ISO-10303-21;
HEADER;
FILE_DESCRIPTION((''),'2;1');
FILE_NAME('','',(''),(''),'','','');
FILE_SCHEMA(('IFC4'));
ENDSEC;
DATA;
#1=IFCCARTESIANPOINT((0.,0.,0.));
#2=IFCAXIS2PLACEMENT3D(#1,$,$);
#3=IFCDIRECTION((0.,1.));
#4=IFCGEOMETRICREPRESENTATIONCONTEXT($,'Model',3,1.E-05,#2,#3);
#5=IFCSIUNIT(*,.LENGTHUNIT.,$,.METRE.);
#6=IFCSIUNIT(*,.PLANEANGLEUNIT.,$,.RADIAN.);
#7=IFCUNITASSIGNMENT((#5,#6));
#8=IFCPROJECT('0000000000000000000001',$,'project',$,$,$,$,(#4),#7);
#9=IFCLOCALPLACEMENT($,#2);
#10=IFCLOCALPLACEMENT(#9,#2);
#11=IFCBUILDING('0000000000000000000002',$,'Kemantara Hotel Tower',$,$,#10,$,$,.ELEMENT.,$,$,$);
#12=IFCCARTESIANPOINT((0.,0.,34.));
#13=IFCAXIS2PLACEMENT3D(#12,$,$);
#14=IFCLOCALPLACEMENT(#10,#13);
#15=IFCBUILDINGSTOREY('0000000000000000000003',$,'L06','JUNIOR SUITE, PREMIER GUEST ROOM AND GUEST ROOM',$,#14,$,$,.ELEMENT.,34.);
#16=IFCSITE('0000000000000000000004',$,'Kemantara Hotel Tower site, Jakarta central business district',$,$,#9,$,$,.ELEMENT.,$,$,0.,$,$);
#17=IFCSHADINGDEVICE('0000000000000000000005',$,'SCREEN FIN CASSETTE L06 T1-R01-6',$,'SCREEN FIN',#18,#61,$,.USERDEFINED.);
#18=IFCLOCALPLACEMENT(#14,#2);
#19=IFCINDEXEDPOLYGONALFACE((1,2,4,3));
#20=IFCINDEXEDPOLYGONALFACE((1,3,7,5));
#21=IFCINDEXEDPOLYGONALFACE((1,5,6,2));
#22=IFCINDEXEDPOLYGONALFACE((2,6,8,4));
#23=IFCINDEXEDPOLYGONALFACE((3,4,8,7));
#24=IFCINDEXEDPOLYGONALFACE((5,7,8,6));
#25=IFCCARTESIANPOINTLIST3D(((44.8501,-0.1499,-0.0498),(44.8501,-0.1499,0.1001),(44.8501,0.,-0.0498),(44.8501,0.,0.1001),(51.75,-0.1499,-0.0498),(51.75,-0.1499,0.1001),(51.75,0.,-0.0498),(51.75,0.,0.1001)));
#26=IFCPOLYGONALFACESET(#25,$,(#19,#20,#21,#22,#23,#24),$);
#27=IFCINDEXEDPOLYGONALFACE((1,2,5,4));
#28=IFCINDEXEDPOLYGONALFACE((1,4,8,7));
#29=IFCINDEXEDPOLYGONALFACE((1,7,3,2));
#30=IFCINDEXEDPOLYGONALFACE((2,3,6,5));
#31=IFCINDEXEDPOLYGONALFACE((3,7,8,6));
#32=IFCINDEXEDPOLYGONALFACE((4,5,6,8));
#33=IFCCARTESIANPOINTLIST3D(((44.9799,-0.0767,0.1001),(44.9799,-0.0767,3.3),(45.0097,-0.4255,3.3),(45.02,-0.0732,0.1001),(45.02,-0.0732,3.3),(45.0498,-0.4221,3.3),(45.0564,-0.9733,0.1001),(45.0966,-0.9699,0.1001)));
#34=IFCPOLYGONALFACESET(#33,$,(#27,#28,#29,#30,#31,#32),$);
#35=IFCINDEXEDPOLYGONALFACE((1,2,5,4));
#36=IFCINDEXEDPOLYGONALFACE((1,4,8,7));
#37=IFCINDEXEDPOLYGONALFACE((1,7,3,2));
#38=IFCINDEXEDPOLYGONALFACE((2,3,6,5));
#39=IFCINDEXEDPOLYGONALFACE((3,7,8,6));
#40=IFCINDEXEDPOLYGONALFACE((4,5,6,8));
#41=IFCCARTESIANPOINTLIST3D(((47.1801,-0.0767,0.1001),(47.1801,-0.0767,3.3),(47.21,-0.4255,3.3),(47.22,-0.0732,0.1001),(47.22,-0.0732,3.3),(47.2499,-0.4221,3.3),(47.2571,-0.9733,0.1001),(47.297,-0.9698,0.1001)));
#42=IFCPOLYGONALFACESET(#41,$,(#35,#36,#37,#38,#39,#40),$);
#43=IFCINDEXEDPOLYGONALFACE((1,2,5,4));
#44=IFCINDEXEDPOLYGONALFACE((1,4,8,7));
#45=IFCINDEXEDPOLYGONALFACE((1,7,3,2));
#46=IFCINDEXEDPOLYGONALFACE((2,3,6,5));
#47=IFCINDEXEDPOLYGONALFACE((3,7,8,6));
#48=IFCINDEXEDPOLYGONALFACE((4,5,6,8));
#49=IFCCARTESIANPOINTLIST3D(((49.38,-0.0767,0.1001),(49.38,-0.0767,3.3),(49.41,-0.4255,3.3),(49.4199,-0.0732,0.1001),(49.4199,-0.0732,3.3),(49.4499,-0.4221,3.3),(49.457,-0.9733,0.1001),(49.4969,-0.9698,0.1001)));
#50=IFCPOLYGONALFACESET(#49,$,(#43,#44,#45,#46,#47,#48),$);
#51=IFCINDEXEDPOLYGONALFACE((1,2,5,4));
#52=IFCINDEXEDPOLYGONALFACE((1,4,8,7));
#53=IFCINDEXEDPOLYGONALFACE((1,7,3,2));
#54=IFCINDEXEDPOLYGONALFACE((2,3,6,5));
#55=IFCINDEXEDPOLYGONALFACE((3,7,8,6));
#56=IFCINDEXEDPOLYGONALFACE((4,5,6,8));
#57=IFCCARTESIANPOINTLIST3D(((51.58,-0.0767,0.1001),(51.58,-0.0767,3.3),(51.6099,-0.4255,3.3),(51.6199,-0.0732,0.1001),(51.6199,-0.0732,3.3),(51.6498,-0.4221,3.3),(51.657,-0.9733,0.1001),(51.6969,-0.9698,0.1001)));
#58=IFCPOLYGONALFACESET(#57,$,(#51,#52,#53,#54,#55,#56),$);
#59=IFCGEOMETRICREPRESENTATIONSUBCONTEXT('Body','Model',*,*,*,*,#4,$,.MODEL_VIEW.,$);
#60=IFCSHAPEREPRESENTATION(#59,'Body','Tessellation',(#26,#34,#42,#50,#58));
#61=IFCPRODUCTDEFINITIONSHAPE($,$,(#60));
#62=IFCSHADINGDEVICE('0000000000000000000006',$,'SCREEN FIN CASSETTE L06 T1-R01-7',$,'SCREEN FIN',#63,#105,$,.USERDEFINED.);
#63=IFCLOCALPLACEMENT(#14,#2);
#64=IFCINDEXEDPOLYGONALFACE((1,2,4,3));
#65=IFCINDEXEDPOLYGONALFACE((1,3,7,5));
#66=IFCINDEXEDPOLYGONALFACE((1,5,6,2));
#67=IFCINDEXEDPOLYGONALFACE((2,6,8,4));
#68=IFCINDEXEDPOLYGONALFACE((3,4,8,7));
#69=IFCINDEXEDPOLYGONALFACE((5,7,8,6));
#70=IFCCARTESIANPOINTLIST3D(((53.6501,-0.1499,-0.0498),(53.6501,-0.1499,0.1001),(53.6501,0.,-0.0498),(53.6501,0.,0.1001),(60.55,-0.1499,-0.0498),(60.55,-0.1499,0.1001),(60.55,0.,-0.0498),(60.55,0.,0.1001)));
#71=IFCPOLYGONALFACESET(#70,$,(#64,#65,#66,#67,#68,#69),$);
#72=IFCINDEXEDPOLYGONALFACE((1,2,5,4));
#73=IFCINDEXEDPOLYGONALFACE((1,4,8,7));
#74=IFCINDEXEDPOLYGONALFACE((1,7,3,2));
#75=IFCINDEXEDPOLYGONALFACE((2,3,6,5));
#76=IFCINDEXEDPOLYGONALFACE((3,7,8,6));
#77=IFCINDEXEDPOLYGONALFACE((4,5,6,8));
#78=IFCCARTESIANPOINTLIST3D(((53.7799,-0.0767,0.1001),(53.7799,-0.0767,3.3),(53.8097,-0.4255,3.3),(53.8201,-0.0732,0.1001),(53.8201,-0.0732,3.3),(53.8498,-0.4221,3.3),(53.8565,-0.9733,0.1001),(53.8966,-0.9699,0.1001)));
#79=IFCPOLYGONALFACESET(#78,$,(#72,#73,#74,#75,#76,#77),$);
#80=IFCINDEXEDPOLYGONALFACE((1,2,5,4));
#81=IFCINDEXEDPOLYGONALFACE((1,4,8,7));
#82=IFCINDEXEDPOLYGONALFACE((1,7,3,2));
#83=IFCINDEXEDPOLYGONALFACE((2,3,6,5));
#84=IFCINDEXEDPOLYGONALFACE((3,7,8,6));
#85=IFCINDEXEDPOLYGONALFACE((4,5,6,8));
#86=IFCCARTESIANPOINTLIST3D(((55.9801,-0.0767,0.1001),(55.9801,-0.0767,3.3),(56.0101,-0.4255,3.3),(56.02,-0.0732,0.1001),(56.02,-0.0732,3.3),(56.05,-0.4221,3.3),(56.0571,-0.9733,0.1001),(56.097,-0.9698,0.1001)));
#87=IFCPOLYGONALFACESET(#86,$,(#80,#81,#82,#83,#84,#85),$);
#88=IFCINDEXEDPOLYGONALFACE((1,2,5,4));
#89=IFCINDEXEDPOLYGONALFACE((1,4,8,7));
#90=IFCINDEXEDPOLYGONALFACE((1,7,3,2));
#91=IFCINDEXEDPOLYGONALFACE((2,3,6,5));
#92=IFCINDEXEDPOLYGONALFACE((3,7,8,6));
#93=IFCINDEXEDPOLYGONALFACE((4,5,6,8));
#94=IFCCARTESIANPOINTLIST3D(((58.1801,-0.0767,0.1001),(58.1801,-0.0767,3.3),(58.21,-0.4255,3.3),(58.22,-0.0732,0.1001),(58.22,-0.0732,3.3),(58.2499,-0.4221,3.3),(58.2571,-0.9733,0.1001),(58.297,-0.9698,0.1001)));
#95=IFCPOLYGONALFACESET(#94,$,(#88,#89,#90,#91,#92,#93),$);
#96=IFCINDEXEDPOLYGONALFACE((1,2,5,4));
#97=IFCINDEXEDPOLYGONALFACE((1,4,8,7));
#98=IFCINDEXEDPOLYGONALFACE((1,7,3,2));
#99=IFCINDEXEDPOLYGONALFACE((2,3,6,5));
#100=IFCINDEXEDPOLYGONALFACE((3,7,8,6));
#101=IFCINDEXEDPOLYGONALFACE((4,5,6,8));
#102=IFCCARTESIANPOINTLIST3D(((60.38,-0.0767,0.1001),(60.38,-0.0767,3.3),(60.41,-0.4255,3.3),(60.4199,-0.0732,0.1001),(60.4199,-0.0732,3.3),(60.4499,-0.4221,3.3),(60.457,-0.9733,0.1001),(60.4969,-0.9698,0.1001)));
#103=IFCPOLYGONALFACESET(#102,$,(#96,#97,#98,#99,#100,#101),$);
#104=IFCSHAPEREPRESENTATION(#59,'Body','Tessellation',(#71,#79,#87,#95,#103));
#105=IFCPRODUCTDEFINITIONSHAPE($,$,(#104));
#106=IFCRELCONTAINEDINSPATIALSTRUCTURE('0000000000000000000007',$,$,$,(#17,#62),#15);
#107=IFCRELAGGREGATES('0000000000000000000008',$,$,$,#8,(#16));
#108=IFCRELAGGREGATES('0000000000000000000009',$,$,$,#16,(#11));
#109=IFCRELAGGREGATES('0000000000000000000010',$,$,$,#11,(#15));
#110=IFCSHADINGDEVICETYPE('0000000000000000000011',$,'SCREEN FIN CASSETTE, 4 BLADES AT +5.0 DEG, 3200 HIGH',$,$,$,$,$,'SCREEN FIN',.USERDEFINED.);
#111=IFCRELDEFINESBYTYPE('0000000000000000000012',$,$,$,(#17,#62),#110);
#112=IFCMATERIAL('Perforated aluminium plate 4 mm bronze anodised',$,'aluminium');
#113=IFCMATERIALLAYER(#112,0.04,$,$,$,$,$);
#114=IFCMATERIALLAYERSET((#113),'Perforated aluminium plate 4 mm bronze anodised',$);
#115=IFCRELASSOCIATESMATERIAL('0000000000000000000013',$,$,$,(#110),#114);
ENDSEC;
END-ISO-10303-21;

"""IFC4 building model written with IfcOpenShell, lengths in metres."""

from ifc_helpers import new_model, si_unit, direction, frame, origin, origin_2d, place, context, subcontext, project, spatial, polyline, rectangle, outline, extrude, source, transform, mapped, material, layer, layer_set, type_object, element, save


model = new_model("IFC4")

# Units and contexts
model_context = context("Model", 3, precision=1e-05, world=origin(), true_north=direction((0.0, 1.0)))
body_context = subcontext(model_context, "Body", "Model", "MODEL_VIEW")
ifc_project = project(units=[si_unit("LENGTHUNIT", "METRE"), si_unit("PLANEANGLEUNIT", "RADIAN")], contexts=[model_context])

# Site, building, storey
site_placement = place(None, origin())
site = spatial("IfcSite", under=ifc_project, at=site_placement, Name="Kemantara Hotel Tower site, Jakarta central business district", CompositionType="ELEMENT", RefElevation=0.0)
building_placement = place(site_placement, origin())
building = spatial("IfcBuilding", under=site, at=building_placement, Name="Kemantara Hotel Tower", CompositionType="ELEMENT")
storey_placement = place(building_placement, frame((0.0, 0.0, 34.0)))
storey = spatial("IfcBuildingStorey", under=building, at=storey_placement, Name="L06", Description="JUNIOR SUITE, PREMIER GUEST ROOM AND GUEST ROOM", CompositionType="ELEMENT", Elevation=34.0)

# Shading devices
ifc_material_1 = material(Name="Perforated aluminium plate 4 mm bronze anodised", Category="aluminium")
ifc_layer_1 = layer(ifc_material_1, 0.04)
ifc_layer_set_1 = layer_set([ifc_layer_1], Name="Perforated aluminium plate 4 mm bronze anodised")
shading_device_type = type_object("IfcShadingDeviceType", Name="SCREEN FIN CASSETTE, 4 BLADES AT +5.0 DEG, 3200 HIGH", ElementType="SCREEN FIN", PredefinedType="USERDEFINED", material=ifc_layer_set_1)
shared_shape = source(origin(), body_context, "Body", "SweptSolid", [
    extrude(rectangle(XDim=6.8999, YDim=0.1499, at=origin_2d()), frame((3.3, -0.075, -0.1499), z_axis=(0.0, 0.0, 1.0), x_axis=(1.0, 0.0, 0.0)), (0.0, 0.0, 1.0), 0.1499),
    extrude(outline(polyline([(0.0, 0.0), (0.8999, 0.0), (0.3501, 3.2), (0.0, 3.2), (0.0, 0.0)])), frame((0.02, -0.0732, 0.0), z_axis=(-0.996376, -0.085056, 0.0), x_axis=(0.085056, -0.996376, 0.0)), (0.0, 0.0, 1.0), 0.0403),
    extrude(outline(polyline([(0.0, 0.0), (0.8999, 0.0), (0.3501, 3.2), (0.0, 3.2), (0.0, 0.0)])), frame((2.22, -0.0732, 0.0), z_axis=(-0.996332, -0.085575, 0.0), x_axis=(0.085575, -0.996332, 0.0)), (0.0, 0.0, 1.0), 0.04),
    extrude(outline(polyline([(0.0, 0.0), (0.8999, 0.0), (0.3501, 3.2), (0.0, 3.2), (0.0, 0.0)])), frame((4.4199, -0.0732, 0.0), z_axis=(-0.996332, -0.085575, 0.0), x_axis=(0.085575, -0.996332, 0.0)), (0.0, 0.0, 1.0), 0.04),
    extrude(outline(polyline([(0.0, 0.0), (0.8999, 0.0), (0.3501, 3.2), (0.0, 3.2), (0.0, 0.0)])), frame((6.6199, -0.0732, 0.0), z_axis=(-0.996332, -0.085575, 0.0), x_axis=(0.085575, -0.996332, 0.0)), (0.0, 0.0, 1.0), 0.04),
])
for number, where, z_axis, x_axis, name in (
    (1, (45.0, 0.0, 0.1001), (0.0, 0.0, 1.0), (1.0, 0.0, 0.0), "SCREEN FIN CASSETTE L06 T1-R01-6"),
    (2, (53.8, 0.0, 0.1001), (0.0, 0.0, 1.0), (1.0, 0.0, 0.0), "SCREEN FIN CASSETTE L06 T1-R01-7"),
):
    element("IfcShadingDevice", number, at=place(storey_placement, frame(where, z_axis=z_axis, x_axis=x_axis)), inside=storey, type_object=shading_device_type, Name=name, ObjectType="SCREEN FIN", PredefinedType="USERDEFINED", context=body_context, shape_type="MappedRepresentation", body=[
        mapped(shared_shape, transform((0.0, 0.0, 0.0))),
    ])

save(model, "model.ifc")
